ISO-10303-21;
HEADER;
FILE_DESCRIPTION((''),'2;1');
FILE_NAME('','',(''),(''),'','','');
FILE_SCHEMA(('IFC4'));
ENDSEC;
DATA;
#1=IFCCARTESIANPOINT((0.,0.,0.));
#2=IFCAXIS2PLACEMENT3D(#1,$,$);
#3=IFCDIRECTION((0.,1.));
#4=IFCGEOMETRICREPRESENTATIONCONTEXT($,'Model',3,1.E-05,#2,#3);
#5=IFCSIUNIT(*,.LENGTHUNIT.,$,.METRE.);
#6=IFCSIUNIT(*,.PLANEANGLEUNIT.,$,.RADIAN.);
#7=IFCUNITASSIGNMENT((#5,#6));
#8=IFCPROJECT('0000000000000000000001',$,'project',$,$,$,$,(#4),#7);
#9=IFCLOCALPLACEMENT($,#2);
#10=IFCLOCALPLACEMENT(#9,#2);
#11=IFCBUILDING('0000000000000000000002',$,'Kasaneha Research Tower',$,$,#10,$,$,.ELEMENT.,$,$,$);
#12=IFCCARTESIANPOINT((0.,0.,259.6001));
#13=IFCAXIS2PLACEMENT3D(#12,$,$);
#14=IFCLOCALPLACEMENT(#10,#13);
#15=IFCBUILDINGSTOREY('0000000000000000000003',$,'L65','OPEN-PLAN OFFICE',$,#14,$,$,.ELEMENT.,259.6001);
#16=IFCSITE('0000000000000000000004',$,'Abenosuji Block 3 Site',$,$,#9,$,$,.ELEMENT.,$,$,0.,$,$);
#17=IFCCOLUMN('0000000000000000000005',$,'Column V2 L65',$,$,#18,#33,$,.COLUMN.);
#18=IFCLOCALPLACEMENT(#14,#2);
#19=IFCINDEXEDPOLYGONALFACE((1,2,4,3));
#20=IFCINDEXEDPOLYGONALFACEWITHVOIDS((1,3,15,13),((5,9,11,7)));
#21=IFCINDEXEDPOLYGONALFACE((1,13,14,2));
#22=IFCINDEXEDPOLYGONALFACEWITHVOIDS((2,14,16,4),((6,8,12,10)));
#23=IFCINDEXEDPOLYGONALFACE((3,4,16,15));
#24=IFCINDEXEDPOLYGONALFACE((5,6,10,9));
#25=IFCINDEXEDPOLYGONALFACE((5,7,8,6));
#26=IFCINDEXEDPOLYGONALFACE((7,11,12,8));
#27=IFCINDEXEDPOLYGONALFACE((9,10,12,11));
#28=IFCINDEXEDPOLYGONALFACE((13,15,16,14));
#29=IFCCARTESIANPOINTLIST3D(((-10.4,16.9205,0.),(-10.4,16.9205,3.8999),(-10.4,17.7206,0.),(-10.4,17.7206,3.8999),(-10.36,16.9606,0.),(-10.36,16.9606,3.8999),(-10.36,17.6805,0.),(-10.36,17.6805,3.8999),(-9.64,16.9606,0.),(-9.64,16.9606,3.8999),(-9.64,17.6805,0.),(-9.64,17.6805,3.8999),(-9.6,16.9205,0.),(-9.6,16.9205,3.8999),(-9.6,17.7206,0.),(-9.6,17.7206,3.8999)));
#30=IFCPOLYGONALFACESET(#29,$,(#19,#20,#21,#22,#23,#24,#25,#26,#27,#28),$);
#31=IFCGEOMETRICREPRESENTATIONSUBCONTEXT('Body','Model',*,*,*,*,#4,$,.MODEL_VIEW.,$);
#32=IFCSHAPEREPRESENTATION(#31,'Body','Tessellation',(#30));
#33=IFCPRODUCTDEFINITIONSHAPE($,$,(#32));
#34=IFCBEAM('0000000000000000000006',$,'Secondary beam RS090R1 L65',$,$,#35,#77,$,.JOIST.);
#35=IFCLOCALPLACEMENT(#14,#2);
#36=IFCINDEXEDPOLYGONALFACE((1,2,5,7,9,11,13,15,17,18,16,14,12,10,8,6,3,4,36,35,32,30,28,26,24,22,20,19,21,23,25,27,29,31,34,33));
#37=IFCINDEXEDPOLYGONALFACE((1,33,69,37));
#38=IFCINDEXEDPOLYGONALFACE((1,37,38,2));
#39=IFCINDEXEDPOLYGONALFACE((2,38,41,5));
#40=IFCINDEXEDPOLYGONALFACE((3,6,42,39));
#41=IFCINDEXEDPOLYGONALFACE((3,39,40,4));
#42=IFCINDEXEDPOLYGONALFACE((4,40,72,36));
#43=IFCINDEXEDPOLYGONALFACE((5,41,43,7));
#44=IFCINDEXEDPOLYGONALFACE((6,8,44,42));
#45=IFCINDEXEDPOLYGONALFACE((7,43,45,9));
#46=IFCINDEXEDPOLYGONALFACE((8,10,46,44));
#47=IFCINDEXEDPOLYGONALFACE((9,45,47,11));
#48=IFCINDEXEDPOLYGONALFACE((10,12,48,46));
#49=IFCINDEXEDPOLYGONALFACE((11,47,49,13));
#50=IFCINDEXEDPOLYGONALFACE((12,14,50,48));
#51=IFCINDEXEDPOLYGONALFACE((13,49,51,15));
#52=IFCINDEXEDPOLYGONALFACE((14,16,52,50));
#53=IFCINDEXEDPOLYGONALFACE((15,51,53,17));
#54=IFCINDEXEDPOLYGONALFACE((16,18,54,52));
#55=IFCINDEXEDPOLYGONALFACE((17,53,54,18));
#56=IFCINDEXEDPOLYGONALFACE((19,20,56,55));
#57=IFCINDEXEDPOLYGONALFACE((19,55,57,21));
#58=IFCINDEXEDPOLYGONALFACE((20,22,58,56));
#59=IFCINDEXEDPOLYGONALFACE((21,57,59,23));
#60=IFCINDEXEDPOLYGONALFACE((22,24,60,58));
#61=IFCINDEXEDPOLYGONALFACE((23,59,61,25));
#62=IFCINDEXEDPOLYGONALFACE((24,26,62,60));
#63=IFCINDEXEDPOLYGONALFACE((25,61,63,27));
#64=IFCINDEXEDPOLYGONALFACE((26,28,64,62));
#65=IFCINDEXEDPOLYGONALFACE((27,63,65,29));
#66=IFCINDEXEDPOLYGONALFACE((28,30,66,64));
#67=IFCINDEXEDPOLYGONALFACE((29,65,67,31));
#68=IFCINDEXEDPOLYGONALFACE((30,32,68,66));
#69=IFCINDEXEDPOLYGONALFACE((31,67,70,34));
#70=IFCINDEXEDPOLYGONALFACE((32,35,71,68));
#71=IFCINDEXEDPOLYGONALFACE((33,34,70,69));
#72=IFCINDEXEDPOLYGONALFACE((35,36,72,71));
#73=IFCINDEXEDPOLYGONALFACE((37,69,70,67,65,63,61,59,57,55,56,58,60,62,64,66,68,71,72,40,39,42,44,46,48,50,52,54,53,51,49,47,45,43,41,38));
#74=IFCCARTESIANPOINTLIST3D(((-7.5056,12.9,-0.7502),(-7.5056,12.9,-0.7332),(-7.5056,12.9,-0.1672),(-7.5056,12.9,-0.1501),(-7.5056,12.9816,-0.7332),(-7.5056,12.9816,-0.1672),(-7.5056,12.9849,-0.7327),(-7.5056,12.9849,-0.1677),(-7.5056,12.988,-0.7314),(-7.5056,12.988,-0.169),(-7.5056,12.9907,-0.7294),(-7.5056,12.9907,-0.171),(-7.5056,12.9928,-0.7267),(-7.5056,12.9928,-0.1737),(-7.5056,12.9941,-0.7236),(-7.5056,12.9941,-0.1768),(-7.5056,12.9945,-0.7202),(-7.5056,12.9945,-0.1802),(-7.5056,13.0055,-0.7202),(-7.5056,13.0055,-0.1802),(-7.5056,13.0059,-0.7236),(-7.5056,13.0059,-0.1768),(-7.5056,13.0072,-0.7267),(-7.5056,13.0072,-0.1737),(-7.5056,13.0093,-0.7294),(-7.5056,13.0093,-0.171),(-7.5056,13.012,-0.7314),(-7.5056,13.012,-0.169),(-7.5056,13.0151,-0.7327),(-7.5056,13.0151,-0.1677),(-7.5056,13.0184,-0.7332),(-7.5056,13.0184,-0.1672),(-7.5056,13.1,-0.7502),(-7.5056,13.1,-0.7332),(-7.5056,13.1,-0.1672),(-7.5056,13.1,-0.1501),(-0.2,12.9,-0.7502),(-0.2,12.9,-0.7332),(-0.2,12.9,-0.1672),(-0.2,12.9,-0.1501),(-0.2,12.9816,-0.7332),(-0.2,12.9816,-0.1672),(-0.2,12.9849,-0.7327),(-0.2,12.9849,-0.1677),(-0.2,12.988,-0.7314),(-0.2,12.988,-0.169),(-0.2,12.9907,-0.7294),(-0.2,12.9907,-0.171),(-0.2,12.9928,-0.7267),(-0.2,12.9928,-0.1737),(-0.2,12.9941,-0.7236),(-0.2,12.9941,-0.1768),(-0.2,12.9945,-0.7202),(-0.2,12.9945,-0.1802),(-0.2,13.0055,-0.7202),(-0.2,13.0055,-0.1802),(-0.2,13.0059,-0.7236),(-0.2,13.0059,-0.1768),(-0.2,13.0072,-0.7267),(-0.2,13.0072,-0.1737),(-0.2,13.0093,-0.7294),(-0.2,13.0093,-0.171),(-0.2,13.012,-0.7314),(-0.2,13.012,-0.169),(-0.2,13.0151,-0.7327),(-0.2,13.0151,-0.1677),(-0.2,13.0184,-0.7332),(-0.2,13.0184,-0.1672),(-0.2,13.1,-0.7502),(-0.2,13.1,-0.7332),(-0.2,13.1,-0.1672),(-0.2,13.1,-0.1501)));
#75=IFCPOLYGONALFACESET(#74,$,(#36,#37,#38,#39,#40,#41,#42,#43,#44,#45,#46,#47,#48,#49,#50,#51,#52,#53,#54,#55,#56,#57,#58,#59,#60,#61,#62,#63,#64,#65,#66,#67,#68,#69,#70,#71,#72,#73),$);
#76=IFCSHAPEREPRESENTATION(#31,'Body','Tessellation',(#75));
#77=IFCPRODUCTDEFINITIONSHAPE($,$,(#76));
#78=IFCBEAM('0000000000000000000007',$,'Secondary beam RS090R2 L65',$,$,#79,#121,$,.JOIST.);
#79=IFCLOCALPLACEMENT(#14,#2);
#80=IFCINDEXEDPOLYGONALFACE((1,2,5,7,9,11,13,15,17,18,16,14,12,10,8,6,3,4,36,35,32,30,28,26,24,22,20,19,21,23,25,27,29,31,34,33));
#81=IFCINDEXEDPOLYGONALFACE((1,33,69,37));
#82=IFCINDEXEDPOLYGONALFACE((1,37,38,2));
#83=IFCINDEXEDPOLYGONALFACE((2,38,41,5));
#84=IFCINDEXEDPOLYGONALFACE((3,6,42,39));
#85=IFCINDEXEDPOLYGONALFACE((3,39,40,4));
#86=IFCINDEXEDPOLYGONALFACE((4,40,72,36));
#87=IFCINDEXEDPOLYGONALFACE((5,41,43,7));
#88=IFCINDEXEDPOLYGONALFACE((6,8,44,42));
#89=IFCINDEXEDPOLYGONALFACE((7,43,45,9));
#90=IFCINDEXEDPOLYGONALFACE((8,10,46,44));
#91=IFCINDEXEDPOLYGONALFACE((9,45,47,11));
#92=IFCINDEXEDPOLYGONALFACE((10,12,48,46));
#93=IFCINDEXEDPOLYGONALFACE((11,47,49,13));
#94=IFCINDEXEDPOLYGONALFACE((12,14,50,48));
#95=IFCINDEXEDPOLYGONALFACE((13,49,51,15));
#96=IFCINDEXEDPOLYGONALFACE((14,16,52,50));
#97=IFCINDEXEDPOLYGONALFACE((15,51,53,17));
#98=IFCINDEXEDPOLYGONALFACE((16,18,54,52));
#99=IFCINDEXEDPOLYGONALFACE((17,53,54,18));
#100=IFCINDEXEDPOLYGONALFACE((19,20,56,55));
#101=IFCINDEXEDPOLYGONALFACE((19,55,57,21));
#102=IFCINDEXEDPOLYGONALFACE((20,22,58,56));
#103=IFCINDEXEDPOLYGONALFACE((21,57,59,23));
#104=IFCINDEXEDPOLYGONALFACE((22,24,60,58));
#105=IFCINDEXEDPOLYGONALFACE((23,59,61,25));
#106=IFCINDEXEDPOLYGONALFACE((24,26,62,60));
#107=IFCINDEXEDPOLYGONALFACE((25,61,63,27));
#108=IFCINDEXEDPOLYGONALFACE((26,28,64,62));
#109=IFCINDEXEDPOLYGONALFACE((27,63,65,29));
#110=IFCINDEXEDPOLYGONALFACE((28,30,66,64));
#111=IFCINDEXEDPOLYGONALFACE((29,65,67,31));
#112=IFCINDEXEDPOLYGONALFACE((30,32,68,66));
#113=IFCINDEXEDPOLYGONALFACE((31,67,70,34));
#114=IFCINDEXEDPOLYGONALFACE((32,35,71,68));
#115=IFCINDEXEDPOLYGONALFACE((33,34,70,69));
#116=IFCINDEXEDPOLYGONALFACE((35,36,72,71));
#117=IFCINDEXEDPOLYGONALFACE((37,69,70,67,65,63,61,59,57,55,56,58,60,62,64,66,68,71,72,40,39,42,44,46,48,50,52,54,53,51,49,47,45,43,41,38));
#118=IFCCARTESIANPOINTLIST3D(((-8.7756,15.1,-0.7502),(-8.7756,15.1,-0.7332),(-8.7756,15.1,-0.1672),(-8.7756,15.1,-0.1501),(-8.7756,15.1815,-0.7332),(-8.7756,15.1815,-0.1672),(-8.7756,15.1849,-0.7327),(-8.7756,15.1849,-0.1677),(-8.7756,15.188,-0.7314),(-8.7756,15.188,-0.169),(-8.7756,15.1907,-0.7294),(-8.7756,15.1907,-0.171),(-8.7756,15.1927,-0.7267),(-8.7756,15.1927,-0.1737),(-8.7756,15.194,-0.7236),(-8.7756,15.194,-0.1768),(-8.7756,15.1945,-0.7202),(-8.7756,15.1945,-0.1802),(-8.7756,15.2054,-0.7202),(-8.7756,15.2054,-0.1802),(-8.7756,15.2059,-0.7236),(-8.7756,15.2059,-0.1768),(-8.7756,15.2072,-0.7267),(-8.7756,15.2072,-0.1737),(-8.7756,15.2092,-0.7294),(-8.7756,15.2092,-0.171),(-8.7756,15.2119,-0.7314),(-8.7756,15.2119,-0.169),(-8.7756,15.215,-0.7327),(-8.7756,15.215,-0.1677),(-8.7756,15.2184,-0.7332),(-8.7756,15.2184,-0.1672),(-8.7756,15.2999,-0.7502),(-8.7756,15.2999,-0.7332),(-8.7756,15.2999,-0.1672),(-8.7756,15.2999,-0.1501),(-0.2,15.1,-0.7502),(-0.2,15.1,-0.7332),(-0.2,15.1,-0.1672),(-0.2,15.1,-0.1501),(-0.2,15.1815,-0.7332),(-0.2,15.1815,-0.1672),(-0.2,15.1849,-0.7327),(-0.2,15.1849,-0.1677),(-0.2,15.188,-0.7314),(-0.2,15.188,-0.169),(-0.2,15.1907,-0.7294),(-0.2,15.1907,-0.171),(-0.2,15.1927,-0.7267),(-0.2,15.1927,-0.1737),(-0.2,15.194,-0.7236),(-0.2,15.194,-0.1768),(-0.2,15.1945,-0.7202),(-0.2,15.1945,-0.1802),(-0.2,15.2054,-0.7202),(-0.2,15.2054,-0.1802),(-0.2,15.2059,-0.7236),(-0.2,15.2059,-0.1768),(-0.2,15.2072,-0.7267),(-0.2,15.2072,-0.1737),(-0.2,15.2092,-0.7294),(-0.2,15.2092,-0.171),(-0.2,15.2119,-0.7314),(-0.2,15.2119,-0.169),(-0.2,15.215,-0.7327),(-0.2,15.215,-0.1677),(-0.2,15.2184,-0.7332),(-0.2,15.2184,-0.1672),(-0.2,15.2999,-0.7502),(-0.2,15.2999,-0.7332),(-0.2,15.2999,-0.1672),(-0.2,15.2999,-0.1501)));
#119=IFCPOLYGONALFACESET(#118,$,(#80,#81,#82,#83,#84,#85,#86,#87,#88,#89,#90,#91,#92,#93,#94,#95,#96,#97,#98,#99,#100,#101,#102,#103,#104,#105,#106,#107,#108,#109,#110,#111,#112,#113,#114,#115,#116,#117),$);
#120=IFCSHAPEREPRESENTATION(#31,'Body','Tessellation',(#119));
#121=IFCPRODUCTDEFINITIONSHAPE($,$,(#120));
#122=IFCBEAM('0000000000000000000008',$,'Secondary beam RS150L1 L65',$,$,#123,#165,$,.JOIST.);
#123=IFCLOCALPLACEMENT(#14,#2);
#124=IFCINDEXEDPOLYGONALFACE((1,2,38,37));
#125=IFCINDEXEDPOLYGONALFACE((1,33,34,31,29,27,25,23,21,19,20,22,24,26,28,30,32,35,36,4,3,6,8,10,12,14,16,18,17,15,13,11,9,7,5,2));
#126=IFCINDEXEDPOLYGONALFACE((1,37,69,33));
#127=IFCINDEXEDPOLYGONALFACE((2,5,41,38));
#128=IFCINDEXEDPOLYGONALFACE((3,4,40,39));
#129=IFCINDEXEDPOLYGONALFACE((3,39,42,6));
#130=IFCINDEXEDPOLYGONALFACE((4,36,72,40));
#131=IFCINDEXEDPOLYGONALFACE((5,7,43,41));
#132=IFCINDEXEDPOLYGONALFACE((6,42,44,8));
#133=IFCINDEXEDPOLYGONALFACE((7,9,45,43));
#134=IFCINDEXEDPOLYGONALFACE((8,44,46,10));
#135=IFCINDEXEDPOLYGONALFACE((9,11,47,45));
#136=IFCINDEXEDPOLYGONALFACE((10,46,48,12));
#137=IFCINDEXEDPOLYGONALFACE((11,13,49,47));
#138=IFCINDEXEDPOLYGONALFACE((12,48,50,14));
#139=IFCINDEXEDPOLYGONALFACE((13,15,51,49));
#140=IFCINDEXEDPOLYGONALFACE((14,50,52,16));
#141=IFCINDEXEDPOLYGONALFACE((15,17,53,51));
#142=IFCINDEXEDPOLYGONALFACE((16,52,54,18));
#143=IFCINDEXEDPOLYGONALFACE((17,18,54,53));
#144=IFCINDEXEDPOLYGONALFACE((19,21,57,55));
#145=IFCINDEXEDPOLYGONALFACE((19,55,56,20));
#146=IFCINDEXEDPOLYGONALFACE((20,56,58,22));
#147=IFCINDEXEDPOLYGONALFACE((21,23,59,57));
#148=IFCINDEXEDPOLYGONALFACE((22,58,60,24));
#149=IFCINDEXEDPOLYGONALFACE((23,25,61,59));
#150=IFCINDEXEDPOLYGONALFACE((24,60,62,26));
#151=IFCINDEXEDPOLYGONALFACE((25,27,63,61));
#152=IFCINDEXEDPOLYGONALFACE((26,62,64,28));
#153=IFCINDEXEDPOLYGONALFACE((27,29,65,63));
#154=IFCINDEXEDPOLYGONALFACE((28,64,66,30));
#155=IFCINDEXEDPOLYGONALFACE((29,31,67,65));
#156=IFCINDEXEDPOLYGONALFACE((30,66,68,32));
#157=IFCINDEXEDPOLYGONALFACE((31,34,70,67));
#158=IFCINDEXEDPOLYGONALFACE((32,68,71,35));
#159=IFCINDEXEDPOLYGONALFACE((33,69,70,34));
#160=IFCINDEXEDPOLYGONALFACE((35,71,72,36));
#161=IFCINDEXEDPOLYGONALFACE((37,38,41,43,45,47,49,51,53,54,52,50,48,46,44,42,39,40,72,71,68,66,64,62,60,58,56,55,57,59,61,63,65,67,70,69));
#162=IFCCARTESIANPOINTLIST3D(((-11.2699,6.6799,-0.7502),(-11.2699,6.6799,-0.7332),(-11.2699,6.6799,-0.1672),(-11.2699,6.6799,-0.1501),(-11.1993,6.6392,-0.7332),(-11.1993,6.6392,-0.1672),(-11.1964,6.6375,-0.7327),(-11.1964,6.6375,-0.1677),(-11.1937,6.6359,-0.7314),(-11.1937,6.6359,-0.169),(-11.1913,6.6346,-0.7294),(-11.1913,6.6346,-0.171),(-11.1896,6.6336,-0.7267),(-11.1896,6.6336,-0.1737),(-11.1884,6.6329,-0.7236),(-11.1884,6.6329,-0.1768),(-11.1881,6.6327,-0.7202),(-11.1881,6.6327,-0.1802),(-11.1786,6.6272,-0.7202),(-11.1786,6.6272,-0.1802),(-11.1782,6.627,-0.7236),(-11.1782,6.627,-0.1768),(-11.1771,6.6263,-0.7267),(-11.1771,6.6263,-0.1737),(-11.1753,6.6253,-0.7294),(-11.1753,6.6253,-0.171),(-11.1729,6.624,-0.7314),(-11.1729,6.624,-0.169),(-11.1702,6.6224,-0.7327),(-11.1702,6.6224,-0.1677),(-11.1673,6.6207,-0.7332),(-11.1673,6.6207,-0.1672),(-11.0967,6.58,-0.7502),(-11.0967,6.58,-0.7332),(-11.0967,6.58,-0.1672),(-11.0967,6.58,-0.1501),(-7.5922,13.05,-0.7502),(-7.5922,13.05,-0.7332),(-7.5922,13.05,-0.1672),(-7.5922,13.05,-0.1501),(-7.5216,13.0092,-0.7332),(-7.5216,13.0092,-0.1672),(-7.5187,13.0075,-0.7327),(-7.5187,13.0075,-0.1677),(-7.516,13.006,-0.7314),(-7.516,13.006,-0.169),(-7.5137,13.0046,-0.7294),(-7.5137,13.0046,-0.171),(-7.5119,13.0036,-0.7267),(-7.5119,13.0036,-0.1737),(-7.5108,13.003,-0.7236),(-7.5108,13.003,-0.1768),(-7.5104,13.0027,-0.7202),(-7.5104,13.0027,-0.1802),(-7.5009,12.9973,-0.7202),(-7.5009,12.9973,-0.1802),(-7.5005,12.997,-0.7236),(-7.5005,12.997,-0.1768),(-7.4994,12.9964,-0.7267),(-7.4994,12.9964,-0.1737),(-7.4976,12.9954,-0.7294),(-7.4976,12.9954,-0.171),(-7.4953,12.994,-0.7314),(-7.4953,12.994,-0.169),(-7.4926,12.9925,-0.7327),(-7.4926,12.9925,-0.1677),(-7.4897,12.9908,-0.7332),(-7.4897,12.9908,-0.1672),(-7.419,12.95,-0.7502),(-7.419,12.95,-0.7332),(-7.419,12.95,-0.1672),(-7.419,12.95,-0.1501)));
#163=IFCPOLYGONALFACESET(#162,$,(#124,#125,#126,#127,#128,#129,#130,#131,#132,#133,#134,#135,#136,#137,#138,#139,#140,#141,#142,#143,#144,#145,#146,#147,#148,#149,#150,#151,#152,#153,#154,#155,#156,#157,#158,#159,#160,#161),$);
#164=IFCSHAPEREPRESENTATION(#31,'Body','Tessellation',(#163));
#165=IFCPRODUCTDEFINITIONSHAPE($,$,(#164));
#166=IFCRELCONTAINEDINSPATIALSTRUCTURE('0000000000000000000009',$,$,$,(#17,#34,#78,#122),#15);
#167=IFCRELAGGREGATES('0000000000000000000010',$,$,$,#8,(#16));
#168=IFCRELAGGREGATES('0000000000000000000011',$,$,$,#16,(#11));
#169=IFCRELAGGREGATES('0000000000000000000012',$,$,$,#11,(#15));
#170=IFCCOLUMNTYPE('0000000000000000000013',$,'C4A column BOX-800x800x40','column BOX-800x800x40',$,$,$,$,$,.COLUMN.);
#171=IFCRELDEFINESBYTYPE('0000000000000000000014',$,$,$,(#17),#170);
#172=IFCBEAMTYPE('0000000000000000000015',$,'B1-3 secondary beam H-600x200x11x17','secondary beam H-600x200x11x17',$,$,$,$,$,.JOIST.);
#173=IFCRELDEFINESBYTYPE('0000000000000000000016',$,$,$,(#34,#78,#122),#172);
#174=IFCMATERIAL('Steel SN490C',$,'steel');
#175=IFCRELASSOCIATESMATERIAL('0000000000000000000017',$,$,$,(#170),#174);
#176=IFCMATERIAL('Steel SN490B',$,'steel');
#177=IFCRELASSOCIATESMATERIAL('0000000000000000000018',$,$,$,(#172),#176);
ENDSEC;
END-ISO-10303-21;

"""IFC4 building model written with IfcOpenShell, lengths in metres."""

from ifc_helpers import new_model, si_unit, direction, frame, origin, origin_2d, place, context, subcontext, project, spatial, hollow_rectangle, i_section, extrude, material, material_profile, profile_set, type_object, element, save


model = new_model("IFC4")

# Units and contexts
model_context = context("Model", 3, precision=1e-05, world=origin(), true_north=direction((0.0, 1.0)))
body_context = subcontext(model_context, "Body", "Model", "MODEL_VIEW")
ifc_project = project(units=[si_unit("LENGTHUNIT", "METRE"), si_unit("PLANEANGLEUNIT", "RADIAN")], contexts=[model_context])

# Site, building, storey
site_placement = place(None, origin())
site = spatial("IfcSite", under=ifc_project, at=site_placement, Name="Abenosuji Block 3 Site", CompositionType="ELEMENT", RefElevation=0.0)
building_placement = place(site_placement, origin())
building = spatial("IfcBuilding", under=site, at=building_placement, Name="Kasaneha Research Tower", CompositionType="ELEMENT")
storey_placement = place(building_placement, frame((0.0, 0.0, 259.6001)))
storey = spatial("IfcBuildingStorey", under=building, at=storey_placement, Name="L65", Description="OPEN-PLAN OFFICE", CompositionType="ELEMENT", Elevation=259.6001)

# Column
ifc_material_1 = material(Name="Steel SN490C", Category="steel")
ifc_material_profile_1 = material_profile(ifc_material_1, hollow_rectangle(XDim=0.8, YDim=0.8, WallThickness=0.04, at=origin_2d()), Name="BOX-800x800x40")
ifc_profile_set_1 = profile_set([ifc_material_profile_1], Name="Steel SN490C")
column_type = type_object("IfcColumnType", Name="C4A column BOX-800x800x40", Description="column BOX-800x800x40", PredefinedType="COLUMN", material=ifc_profile_set_1)
column_placement = place(storey_placement, frame((-10.0, 17.3206, 0.0), z_axis=(0.0, 0.0, 1.0), x_axis=(1.0, 0.0, 0.0)))
element("IfcColumn", 1, at=column_placement, inside=storey, type_object=column_type, Name="Column V2 L65", PredefinedType="COLUMN", context=body_context, shape_type="SweptSolid", body=[
    extrude(hollow_rectangle(XDim=0.8, YDim=0.8, WallThickness=0.04, at=origin_2d()), origin(), (0.0, 0.0, 1.0), 3.8999),
])

# Beams
ifc_material_2 = material(Name="Steel SN490B", Category="steel")
ifc_material_profile_2 = material_profile(ifc_material_2, i_section(OverallWidth=0.2, OverallDepth=0.6001, WebThickness=0.011, FlangeThickness=0.0171, FilletRadius=0.0129, at=origin_2d()), Name="H-600x200x11x17")
ifc_profile_set_2 = profile_set([ifc_material_profile_2], Name="Steel SN490B")
beam_type_1 = type_object("IfcBeamType", Name="B1-3 secondary beam H-600x200x11x17", Description="secondary beam H-600x200x11x17", PredefinedType="JOIST", material=ifc_profile_set_2)
beam_1_placement = place(storey_placement, frame((-7.5056, 13.0, -0.4502), z_axis=(1.0, 0.0, 0.0), x_axis=(0.0, 1.0, 0.0)))
element("IfcBeam", 2, at=beam_1_placement, inside=storey, type_object=beam_type_1, Name="Secondary beam RS090R1 L65", PredefinedType="JOIST", context=body_context, shape_type="SweptSolid", body=[
    extrude(i_section(OverallWidth=0.2, OverallDepth=0.6001, WebThickness=0.011, FlangeThickness=0.0171, FilletRadius=0.0129, at=origin_2d()), origin(), (0.0, 0.0, 1.0), 7.3057),
])
beam_2_placement = place(storey_placement, frame((-8.7756, 15.2, -0.4502), z_axis=(1.0, 0.0, 0.0), x_axis=(0.0, 1.0, 0.0)))
element("IfcBeam", 3, at=beam_2_placement, inside=storey, type_object=beam_type_1, Name="Secondary beam RS090R2 L65", PredefinedType="JOIST", context=body_context, shape_type="SweptSolid", body=[
    extrude(i_section(OverallWidth=0.2, OverallDepth=0.6001, WebThickness=0.011, FlangeThickness=0.0171, FilletRadius=0.0129, at=origin_2d()), origin(), (0.0, 0.0, 1.0), 8.5757),
])
beam_3_placement = place(storey_placement, frame((-7.5056, 13.0, -0.4502), z_axis=(-0.499994, -0.866029, 0.0), x_axis=(0.866029, -0.499994, 0.0)))
element("IfcBeam", 4, at=beam_3_placement, inside=storey, type_object=beam_type_1, Name="Secondary beam RS150L1 L65", PredefinedType="JOIST", context=body_context, shape_type="SweptSolid", body=[
    extrude(i_section(OverallWidth=0.2, OverallDepth=0.6001, WebThickness=0.011, FlangeThickness=0.0171, FilletRadius=0.0129, at=origin_2d()), origin(), (0.0, 0.0, 1.0), 7.3555),
])

save(model, "model.ifc")
